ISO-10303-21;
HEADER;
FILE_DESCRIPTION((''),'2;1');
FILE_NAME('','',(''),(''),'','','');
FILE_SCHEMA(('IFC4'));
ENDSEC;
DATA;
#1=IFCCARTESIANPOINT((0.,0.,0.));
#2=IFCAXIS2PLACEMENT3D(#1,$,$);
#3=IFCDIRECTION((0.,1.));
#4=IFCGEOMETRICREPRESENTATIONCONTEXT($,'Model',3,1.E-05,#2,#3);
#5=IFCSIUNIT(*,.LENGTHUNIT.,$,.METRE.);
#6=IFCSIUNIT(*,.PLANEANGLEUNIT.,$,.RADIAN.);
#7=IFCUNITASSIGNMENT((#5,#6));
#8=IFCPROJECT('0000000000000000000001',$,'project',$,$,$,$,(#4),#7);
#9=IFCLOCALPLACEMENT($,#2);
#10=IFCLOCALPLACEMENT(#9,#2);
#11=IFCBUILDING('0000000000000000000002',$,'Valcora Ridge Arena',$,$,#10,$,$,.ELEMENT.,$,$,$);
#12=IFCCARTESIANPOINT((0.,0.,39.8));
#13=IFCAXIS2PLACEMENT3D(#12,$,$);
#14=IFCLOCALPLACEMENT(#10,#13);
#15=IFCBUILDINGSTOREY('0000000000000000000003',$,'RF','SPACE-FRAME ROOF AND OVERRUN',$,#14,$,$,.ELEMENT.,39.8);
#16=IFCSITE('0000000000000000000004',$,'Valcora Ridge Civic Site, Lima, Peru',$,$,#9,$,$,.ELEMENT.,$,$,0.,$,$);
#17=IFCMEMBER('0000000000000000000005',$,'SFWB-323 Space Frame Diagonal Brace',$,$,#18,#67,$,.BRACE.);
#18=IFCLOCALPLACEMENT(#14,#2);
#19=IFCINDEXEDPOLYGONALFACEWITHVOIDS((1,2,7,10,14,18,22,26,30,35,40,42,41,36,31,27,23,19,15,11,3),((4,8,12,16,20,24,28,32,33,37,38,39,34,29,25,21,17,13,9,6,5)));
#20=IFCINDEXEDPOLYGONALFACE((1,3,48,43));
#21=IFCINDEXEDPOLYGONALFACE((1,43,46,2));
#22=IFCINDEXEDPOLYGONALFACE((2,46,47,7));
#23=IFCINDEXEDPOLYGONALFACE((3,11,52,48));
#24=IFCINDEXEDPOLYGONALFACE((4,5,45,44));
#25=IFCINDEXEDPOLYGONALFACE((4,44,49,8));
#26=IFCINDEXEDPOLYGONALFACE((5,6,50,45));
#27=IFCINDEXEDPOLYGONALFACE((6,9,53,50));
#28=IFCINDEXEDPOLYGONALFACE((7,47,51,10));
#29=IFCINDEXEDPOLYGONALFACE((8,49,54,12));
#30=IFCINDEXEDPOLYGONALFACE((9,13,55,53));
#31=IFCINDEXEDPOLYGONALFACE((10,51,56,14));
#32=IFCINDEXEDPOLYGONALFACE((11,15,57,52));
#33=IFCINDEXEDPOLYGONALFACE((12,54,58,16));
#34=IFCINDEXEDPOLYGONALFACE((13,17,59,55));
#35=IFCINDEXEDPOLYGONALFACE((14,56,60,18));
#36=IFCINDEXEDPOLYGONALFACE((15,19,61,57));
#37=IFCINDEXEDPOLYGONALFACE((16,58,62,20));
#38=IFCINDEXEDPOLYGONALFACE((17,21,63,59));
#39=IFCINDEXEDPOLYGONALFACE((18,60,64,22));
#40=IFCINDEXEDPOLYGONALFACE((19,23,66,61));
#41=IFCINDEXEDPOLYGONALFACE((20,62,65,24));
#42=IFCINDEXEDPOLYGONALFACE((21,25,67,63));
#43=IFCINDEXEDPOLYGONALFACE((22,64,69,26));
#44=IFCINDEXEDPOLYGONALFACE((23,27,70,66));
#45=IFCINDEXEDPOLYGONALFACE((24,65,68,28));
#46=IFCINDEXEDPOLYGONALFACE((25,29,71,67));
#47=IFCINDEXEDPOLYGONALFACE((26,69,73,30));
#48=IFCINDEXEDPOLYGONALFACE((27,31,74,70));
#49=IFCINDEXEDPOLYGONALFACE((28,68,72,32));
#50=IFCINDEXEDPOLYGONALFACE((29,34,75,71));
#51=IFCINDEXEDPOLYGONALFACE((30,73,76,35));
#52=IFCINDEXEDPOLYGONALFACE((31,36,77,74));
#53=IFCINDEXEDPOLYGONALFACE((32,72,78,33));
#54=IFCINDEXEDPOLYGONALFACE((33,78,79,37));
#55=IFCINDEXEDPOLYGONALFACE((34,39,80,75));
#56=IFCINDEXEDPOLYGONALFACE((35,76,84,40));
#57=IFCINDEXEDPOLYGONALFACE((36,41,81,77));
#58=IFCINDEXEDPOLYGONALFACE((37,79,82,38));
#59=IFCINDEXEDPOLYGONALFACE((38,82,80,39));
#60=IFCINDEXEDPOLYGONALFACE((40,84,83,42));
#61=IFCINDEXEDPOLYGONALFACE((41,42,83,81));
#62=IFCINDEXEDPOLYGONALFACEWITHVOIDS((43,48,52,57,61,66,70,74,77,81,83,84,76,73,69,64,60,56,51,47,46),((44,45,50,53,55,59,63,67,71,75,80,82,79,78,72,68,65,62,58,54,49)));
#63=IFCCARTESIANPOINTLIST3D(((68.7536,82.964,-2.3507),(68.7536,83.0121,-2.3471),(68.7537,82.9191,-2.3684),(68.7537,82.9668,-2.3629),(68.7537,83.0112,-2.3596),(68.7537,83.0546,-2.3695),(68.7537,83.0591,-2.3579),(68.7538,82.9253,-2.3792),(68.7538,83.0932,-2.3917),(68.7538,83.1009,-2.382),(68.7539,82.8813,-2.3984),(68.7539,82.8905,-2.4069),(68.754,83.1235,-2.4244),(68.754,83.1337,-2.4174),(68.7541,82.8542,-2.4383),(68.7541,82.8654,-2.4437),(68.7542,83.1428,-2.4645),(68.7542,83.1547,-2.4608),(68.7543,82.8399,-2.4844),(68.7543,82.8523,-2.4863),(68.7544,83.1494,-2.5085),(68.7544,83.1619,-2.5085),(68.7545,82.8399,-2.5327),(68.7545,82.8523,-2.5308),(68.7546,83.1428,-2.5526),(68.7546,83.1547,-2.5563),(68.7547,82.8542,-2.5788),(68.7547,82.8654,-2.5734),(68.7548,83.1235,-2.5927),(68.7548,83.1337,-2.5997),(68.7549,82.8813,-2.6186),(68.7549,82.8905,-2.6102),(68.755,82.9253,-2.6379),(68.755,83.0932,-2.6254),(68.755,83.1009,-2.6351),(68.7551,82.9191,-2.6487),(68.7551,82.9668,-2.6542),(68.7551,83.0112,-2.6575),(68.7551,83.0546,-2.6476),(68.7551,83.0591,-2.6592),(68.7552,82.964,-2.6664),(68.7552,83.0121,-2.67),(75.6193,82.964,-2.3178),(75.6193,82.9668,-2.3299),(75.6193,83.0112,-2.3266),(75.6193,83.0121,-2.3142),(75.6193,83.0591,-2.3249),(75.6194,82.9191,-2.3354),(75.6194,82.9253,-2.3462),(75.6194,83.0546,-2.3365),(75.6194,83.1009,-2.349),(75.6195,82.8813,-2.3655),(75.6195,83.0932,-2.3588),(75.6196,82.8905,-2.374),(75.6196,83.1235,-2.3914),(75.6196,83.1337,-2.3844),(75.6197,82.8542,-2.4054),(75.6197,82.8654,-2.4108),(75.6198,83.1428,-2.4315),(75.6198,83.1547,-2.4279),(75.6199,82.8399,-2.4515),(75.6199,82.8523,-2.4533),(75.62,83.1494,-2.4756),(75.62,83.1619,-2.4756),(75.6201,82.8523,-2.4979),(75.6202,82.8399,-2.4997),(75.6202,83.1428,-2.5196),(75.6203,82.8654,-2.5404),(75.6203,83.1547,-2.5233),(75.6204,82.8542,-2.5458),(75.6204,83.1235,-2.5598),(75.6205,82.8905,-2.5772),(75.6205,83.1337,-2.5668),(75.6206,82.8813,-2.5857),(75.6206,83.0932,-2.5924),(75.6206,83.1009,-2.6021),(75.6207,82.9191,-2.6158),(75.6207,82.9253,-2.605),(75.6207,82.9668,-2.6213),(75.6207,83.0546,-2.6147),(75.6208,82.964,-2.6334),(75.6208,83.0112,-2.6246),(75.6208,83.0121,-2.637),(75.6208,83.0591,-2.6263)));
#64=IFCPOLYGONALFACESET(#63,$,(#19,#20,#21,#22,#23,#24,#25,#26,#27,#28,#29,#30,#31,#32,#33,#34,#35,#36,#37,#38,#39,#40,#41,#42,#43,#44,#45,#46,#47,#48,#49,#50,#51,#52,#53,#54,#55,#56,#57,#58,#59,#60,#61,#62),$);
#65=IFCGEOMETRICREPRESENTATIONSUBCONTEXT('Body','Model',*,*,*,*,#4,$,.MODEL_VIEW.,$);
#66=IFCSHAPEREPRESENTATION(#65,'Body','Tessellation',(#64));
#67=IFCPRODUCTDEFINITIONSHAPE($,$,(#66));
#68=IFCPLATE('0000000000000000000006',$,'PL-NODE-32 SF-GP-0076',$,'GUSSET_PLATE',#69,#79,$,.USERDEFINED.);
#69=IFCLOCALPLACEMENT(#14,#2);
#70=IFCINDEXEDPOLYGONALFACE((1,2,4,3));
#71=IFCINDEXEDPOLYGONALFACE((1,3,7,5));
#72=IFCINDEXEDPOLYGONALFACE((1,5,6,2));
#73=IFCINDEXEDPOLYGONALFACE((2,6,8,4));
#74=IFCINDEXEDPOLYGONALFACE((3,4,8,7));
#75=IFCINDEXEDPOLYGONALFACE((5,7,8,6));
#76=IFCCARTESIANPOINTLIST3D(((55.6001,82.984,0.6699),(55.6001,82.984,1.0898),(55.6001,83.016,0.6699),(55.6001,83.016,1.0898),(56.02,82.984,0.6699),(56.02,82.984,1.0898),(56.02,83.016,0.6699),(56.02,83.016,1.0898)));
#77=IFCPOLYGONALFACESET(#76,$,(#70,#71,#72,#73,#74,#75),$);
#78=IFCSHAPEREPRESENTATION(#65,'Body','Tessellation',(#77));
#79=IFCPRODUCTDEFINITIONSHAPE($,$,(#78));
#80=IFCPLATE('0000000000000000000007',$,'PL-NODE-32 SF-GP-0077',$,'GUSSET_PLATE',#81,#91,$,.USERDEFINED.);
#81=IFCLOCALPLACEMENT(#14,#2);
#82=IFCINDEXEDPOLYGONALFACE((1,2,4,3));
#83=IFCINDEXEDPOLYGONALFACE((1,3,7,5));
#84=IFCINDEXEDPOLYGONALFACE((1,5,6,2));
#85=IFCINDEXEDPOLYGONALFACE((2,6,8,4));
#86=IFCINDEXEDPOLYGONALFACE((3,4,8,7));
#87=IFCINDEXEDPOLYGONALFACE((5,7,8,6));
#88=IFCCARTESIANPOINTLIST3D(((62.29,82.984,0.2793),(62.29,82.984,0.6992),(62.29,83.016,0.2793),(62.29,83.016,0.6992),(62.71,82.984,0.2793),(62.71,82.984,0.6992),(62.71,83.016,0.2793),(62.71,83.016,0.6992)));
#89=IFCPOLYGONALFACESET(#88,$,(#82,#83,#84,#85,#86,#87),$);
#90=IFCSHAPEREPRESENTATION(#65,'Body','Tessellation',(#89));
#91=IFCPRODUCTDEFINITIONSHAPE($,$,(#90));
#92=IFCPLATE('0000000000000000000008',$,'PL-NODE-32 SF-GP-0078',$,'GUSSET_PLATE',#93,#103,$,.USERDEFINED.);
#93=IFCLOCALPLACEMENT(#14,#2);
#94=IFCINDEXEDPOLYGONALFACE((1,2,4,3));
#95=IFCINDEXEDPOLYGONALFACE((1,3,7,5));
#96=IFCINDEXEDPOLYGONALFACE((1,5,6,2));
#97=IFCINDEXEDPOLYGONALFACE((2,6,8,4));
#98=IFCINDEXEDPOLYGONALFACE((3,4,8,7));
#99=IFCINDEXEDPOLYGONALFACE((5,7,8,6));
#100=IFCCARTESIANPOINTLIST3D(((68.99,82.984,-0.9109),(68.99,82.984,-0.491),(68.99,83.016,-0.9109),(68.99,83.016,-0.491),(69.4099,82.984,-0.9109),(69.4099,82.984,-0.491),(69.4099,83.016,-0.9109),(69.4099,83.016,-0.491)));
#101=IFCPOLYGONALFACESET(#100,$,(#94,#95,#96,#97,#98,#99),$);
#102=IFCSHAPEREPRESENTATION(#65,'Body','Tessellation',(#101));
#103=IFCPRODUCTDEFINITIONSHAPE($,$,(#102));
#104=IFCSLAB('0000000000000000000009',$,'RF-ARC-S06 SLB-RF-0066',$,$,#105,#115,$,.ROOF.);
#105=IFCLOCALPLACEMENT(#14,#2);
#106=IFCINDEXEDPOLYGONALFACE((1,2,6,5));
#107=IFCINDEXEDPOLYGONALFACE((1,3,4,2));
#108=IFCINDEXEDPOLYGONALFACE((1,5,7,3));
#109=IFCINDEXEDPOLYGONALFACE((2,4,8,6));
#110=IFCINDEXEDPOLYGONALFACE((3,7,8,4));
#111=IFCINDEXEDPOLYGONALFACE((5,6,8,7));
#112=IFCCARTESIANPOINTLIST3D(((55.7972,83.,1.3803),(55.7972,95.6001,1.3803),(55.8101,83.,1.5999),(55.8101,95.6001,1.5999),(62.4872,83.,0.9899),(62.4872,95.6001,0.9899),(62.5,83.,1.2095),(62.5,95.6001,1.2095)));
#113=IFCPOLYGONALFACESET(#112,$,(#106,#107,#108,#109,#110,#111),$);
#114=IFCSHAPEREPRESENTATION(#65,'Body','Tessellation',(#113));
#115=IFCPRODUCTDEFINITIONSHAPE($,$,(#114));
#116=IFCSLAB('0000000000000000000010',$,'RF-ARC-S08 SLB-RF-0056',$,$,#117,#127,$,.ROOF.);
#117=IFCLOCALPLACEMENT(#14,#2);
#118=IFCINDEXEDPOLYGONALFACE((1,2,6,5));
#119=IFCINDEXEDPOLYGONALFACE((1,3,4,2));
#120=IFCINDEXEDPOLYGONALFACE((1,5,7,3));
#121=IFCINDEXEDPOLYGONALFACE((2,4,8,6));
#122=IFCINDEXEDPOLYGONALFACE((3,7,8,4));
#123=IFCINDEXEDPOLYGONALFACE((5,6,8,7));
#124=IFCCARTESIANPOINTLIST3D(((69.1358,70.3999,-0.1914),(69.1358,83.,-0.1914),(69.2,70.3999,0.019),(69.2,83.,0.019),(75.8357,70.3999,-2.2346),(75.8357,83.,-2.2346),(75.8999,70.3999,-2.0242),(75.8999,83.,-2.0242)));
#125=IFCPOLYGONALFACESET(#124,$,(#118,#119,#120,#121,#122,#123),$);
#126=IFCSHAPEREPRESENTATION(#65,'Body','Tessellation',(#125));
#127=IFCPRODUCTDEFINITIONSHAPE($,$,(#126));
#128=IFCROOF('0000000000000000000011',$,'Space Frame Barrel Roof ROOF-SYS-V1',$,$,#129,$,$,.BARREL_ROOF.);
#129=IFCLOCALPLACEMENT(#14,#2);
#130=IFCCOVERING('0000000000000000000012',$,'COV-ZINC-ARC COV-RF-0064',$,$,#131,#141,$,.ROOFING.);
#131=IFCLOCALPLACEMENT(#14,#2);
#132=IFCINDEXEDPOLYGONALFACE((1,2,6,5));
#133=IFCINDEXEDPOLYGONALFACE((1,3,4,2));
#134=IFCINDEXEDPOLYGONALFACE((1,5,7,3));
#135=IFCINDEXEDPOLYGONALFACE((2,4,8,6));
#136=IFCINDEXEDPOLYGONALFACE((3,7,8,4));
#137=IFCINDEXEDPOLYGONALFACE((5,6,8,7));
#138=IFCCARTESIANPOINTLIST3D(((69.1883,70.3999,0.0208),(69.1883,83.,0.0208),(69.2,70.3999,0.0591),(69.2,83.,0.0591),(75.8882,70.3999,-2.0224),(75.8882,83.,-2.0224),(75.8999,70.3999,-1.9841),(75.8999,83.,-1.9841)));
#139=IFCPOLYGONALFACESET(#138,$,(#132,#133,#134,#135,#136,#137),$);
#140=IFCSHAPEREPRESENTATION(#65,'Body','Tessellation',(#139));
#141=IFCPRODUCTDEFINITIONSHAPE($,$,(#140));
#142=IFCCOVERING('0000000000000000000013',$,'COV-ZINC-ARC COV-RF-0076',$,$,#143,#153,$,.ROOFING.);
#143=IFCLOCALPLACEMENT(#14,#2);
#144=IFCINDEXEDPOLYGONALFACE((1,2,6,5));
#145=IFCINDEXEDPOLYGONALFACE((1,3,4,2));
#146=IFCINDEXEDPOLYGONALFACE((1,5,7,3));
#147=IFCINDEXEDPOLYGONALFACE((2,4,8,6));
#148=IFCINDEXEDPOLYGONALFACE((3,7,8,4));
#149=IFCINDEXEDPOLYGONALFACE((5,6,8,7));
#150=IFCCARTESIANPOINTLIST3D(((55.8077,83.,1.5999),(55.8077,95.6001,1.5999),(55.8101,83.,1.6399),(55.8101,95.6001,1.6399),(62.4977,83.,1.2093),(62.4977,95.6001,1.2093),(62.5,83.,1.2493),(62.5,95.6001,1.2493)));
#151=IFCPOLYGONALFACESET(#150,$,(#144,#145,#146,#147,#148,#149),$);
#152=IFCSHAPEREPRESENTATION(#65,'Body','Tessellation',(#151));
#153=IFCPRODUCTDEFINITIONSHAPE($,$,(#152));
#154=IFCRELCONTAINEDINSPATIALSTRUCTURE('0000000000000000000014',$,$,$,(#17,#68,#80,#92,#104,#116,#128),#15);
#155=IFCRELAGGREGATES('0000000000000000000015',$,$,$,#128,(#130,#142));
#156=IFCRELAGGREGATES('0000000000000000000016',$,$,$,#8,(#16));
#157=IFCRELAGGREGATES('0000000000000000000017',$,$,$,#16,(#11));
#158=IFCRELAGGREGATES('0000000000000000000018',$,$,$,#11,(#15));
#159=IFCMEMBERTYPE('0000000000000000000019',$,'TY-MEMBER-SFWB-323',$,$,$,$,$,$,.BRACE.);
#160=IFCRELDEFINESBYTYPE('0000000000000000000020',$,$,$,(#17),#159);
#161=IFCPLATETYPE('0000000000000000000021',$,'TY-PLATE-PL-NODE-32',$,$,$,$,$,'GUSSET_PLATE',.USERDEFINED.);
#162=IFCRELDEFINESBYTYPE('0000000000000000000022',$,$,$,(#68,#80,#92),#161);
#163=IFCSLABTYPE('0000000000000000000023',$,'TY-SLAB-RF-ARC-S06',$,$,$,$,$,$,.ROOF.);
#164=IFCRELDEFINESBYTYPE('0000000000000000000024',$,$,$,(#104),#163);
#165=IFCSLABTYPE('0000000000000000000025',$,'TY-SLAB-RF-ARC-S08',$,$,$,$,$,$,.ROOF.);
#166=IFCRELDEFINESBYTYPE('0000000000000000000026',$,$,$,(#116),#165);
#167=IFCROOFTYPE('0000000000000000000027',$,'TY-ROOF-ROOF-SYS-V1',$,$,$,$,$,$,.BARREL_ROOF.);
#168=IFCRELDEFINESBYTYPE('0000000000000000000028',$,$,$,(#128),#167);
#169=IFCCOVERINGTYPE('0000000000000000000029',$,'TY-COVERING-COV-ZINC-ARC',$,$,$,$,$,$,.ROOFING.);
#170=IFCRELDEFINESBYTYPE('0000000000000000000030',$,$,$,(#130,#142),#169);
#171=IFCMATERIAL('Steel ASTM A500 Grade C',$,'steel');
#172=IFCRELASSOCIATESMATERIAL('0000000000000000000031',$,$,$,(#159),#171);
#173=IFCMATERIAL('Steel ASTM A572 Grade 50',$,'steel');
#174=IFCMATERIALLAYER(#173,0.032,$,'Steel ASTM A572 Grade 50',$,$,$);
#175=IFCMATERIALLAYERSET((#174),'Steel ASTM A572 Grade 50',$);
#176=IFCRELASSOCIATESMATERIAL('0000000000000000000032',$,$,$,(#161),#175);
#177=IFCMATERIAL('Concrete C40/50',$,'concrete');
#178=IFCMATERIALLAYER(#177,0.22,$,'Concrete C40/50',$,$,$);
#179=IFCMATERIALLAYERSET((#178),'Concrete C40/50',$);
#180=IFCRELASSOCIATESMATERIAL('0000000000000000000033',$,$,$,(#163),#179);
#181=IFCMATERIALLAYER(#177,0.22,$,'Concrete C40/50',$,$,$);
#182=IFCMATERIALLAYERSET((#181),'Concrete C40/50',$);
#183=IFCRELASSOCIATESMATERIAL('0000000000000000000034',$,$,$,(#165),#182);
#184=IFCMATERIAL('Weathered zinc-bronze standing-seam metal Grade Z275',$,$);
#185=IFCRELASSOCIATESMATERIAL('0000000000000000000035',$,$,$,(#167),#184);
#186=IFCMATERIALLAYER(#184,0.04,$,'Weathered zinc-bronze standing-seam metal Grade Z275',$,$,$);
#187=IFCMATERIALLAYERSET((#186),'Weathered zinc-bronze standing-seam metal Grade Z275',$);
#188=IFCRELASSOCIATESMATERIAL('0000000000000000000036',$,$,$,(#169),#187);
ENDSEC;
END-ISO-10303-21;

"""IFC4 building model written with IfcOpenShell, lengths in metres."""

from ifc_helpers import new_model, si_unit, direction, frame, origin, origin_2d, place, context, subcontext, project, spatial, polyline, rectangle, hollow_circle, outline, extrude, material, layer, layer_set, material_profile, profile_set, type_object, element, aggregate, save


model = new_model("IFC4")

# Units and contexts
model_context = context("Model", 3, precision=1e-05, world=origin(), true_north=direction((0.0, 1.0)))
body_context = subcontext(model_context, "Body", "Model", "MODEL_VIEW")
ifc_project = project(units=[si_unit("LENGTHUNIT", "METRE"), si_unit("PLANEANGLEUNIT", "RADIAN")], contexts=[model_context])

# Site, building, storey
site_placement = place(None, origin())
site = spatial("IfcSite", under=ifc_project, at=site_placement, Name="Valcora Ridge Civic Site, Lima, Peru", CompositionType="ELEMENT", RefElevation=0.0)
building_placement = place(site_placement, origin())
building = spatial("IfcBuilding", under=site, at=building_placement, Name="Valcora Ridge Arena", CompositionType="ELEMENT")
storey_placement = place(building_placement, frame((0.0, 0.0, 39.8)))
storey = spatial("IfcBuildingStorey", under=building, at=storey_placement, Name="RF", Description="SPACE-FRAME ROOF AND OVERRUN", CompositionType="ELEMENT", Elevation=39.8)

# Member
ifc_material_1 = material(Name="Steel ASTM A572 Grade 50", Category="steel")
ifc_material_2 = material(Name="Steel ASTM A500 Grade C", Category="steel")
ifc_material_profile_1 = material_profile(ifc_material_2, hollow_circle(Radius=0.1619, WallThickness=0.0125, at=origin_2d()), Name="CHS323X12")
ifc_profile_set_1 = profile_set([ifc_material_profile_1], Name="Steel ASTM A500 Grade C")
member_type_1 = type_object("IfcMemberType", Name="TY-MEMBER-SFWB-323", PredefinedType="BRACE", material=ifc_profile_set_1)
member_1_placement = place(storey_placement, frame((68.7544, 83.0, -2.5085), z_axis=(0.999988, 0.0, 0.0048), x_axis=(0.0, 1.0, 0.0)))
element("IfcMember", 1, at=member_1_placement, inside=storey, type_object=member_type_1, Name="SFWB-323 Space Frame Diagonal Brace", PredefinedType="BRACE", context=body_context, shape_type="SweptSolid", body=[
    extrude(hollow_circle(Radius=0.1619, WallThickness=0.0125, at=origin_2d()), origin(), (0.0, 0.0, 1.0), 6.8657),
])

# Plates
ifc_layer_1 = layer(ifc_material_1, 0.032, Name="Steel ASTM A572 Grade 50")
ifc_layer_set_1 = layer_set([ifc_layer_1], Name="Steel ASTM A572 Grade 50")
plate_type = type_object("IfcPlateType", Name="TY-PLATE-PL-NODE-32", ElementType="GUSSET_PLATE", PredefinedType="USERDEFINED", material=ifc_layer_set_1)
for number, where, z_axis, x_axis, name in (
    (2, (55.8101, 83.0, 0.6699), (0.0, 0.0, 1.0), (1.0, 0.0, 0.0), "PL-NODE-32 SF-GP-0076"),
    (3, (62.5, 83.0, 0.2793), (0.0, 0.0, 1.0), (1.0, 0.0, 0.0), "PL-NODE-32 SF-GP-0077"),
    (4, (69.2, 83.0, -0.9109), (0.0, 0.0, 1.0), (1.0, 0.0, 0.0), "PL-NODE-32 SF-GP-0078"),
):
    element("IfcPlate", number, at=place(storey_placement, frame(where, z_axis=z_axis, x_axis=x_axis)), inside=storey, type_object=plate_type, Name=name, ObjectType="GUSSET_PLATE", PredefinedType="USERDEFINED", context=body_context, shape_type="SweptSolid", body=[
        extrude(rectangle(XDim=0.4199, YDim=0.032, at=origin_2d()), origin(), (0.0, 0.0, 1.0), 0.4199),
    ])

# Slabs
ifc_material_3 = material(Name="Concrete C40/50", Category="concrete")
ifc_layer_2 = layer(ifc_material_3, 0.22, Name="Concrete C40/50")
ifc_layer_set_2 = layer_set([ifc_layer_2], Name="Concrete C40/50")
slab_type_1 = type_object("IfcSlabType", Name="TY-SLAB-RF-ARC-S06", PredefinedType="ROOF", material=ifc_layer_set_2)
slab_1_placement = place(storey_placement, frame((55.8101, 83.0, 1.5999), z_axis=(0.058254, 0.0, 0.998302), x_axis=(0.998302, 0.0, -0.058254)))
element("IfcSlab", 5, at=slab_1_placement, inside=storey, type_object=slab_type_1, Name="RF-ARC-S06 SLB-RF-0066", PredefinedType="ROOF", context=body_context, shape_type="SweptSolid", body=[
    extrude(outline(polyline([(0.0, 0.0), (6.7013, 0.0), (6.7013, 12.6001), (0.0, 12.6001), (0.0, 0.0)])), origin(), (0.0, 0.0, -1.0), 0.22),
])
ifc_layer_3 = layer(ifc_material_3, 0.22, Name="Concrete C40/50")
ifc_layer_set_3 = layer_set([ifc_layer_3], Name="Concrete C40/50")
slab_type_2 = type_object("IfcSlabType", Name="TY-SLAB-RF-ARC-S08", PredefinedType="ROOF", material=ifc_layer_set_3)
slab_2_placement = place(storey_placement, frame((69.2, 70.3999, 0.019), z_axis=(0.291697, 0.0, 0.956511), x_axis=(0.956511, 0.0, -0.291697)))
element("IfcSlab", 6, at=slab_2_placement, inside=storey, type_object=slab_type_2, Name="RF-ARC-S08 SLB-RF-0056", PredefinedType="ROOF", context=body_context, shape_type="SweptSolid", body=[
    extrude(outline(polyline([(0.0, 0.0), (7.0046, 0.0), (7.0046, 12.6001), (0.0, 12.6001), (0.0, 0.0)])), origin(), (0.0, 0.0, -1.0), 0.22),
])

# Roof, coverings
ifc_material_4 = material(Name="Weathered zinc-bronze standing-seam metal Grade Z275")
roof_type = type_object("IfcRoofType", Name="TY-ROOF-ROOF-SYS-V1", PredefinedType="BARREL_ROOF", material=ifc_material_4)
roof_placement = place(storey_placement, origin())
roof = element("IfcRoof", 7, at=roof_placement, inside=storey, type_object=roof_type, Name="Space Frame Barrel Roof ROOF-SYS-V1", PredefinedType="BARREL_ROOF")
ifc_layer_4 = layer(ifc_material_4, 0.04, Name="Weathered zinc-bronze standing-seam metal Grade Z275")
ifc_layer_set_4 = layer_set([ifc_layer_4], Name="Weathered zinc-bronze standing-seam metal Grade Z275")
covering_type = type_object("IfcCoveringType", Name="TY-COVERING-COV-ZINC-ARC", PredefinedType="ROOFING", material=ifc_layer_set_4)
covering_1_placement = place(storey_placement, frame((69.2, 70.3999, 0.0591), z_axis=(0.291697, 0.0, 0.956511), x_axis=(0.956511, 0.0, -0.291697)))
covering_1 = element("IfcCovering", 8, at=covering_1_placement, type_object=covering_type, Name="COV-ZINC-ARC COV-RF-0064", PredefinedType="ROOFING", context=body_context, shape_type="SweptSolid", body=[
    extrude(outline(polyline([(0.0, 0.0), (7.0046, 0.0), (7.0046, 12.6001), (0.0, 12.6001), (0.0, 0.0)])), origin(), (0.0, 0.0, -1.0), 0.04),
])
covering_2_placement = place(storey_placement, frame((55.8101, 83.0, 1.6399), z_axis=(0.058291, 0.0, 0.9983), x_axis=(0.9983, 0.0, -0.058291)))
covering_2 = element("IfcCovering", 9, at=covering_2_placement, type_object=covering_type, Name="COV-ZINC-ARC COV-RF-0076", PredefinedType="ROOFING", context=body_context, shape_type="SweptSolid", body=[
    extrude(outline(polyline([(0.0, 0.0), (6.7013, 0.0), (6.7013, 12.6001), (0.0, 12.6001), (0.0, 0.0)])), origin(), (0.0, 0.0, -1.0), 0.04),
])
aggregate(roof, [covering_1, covering_2])

save(model, "model.ifc")
